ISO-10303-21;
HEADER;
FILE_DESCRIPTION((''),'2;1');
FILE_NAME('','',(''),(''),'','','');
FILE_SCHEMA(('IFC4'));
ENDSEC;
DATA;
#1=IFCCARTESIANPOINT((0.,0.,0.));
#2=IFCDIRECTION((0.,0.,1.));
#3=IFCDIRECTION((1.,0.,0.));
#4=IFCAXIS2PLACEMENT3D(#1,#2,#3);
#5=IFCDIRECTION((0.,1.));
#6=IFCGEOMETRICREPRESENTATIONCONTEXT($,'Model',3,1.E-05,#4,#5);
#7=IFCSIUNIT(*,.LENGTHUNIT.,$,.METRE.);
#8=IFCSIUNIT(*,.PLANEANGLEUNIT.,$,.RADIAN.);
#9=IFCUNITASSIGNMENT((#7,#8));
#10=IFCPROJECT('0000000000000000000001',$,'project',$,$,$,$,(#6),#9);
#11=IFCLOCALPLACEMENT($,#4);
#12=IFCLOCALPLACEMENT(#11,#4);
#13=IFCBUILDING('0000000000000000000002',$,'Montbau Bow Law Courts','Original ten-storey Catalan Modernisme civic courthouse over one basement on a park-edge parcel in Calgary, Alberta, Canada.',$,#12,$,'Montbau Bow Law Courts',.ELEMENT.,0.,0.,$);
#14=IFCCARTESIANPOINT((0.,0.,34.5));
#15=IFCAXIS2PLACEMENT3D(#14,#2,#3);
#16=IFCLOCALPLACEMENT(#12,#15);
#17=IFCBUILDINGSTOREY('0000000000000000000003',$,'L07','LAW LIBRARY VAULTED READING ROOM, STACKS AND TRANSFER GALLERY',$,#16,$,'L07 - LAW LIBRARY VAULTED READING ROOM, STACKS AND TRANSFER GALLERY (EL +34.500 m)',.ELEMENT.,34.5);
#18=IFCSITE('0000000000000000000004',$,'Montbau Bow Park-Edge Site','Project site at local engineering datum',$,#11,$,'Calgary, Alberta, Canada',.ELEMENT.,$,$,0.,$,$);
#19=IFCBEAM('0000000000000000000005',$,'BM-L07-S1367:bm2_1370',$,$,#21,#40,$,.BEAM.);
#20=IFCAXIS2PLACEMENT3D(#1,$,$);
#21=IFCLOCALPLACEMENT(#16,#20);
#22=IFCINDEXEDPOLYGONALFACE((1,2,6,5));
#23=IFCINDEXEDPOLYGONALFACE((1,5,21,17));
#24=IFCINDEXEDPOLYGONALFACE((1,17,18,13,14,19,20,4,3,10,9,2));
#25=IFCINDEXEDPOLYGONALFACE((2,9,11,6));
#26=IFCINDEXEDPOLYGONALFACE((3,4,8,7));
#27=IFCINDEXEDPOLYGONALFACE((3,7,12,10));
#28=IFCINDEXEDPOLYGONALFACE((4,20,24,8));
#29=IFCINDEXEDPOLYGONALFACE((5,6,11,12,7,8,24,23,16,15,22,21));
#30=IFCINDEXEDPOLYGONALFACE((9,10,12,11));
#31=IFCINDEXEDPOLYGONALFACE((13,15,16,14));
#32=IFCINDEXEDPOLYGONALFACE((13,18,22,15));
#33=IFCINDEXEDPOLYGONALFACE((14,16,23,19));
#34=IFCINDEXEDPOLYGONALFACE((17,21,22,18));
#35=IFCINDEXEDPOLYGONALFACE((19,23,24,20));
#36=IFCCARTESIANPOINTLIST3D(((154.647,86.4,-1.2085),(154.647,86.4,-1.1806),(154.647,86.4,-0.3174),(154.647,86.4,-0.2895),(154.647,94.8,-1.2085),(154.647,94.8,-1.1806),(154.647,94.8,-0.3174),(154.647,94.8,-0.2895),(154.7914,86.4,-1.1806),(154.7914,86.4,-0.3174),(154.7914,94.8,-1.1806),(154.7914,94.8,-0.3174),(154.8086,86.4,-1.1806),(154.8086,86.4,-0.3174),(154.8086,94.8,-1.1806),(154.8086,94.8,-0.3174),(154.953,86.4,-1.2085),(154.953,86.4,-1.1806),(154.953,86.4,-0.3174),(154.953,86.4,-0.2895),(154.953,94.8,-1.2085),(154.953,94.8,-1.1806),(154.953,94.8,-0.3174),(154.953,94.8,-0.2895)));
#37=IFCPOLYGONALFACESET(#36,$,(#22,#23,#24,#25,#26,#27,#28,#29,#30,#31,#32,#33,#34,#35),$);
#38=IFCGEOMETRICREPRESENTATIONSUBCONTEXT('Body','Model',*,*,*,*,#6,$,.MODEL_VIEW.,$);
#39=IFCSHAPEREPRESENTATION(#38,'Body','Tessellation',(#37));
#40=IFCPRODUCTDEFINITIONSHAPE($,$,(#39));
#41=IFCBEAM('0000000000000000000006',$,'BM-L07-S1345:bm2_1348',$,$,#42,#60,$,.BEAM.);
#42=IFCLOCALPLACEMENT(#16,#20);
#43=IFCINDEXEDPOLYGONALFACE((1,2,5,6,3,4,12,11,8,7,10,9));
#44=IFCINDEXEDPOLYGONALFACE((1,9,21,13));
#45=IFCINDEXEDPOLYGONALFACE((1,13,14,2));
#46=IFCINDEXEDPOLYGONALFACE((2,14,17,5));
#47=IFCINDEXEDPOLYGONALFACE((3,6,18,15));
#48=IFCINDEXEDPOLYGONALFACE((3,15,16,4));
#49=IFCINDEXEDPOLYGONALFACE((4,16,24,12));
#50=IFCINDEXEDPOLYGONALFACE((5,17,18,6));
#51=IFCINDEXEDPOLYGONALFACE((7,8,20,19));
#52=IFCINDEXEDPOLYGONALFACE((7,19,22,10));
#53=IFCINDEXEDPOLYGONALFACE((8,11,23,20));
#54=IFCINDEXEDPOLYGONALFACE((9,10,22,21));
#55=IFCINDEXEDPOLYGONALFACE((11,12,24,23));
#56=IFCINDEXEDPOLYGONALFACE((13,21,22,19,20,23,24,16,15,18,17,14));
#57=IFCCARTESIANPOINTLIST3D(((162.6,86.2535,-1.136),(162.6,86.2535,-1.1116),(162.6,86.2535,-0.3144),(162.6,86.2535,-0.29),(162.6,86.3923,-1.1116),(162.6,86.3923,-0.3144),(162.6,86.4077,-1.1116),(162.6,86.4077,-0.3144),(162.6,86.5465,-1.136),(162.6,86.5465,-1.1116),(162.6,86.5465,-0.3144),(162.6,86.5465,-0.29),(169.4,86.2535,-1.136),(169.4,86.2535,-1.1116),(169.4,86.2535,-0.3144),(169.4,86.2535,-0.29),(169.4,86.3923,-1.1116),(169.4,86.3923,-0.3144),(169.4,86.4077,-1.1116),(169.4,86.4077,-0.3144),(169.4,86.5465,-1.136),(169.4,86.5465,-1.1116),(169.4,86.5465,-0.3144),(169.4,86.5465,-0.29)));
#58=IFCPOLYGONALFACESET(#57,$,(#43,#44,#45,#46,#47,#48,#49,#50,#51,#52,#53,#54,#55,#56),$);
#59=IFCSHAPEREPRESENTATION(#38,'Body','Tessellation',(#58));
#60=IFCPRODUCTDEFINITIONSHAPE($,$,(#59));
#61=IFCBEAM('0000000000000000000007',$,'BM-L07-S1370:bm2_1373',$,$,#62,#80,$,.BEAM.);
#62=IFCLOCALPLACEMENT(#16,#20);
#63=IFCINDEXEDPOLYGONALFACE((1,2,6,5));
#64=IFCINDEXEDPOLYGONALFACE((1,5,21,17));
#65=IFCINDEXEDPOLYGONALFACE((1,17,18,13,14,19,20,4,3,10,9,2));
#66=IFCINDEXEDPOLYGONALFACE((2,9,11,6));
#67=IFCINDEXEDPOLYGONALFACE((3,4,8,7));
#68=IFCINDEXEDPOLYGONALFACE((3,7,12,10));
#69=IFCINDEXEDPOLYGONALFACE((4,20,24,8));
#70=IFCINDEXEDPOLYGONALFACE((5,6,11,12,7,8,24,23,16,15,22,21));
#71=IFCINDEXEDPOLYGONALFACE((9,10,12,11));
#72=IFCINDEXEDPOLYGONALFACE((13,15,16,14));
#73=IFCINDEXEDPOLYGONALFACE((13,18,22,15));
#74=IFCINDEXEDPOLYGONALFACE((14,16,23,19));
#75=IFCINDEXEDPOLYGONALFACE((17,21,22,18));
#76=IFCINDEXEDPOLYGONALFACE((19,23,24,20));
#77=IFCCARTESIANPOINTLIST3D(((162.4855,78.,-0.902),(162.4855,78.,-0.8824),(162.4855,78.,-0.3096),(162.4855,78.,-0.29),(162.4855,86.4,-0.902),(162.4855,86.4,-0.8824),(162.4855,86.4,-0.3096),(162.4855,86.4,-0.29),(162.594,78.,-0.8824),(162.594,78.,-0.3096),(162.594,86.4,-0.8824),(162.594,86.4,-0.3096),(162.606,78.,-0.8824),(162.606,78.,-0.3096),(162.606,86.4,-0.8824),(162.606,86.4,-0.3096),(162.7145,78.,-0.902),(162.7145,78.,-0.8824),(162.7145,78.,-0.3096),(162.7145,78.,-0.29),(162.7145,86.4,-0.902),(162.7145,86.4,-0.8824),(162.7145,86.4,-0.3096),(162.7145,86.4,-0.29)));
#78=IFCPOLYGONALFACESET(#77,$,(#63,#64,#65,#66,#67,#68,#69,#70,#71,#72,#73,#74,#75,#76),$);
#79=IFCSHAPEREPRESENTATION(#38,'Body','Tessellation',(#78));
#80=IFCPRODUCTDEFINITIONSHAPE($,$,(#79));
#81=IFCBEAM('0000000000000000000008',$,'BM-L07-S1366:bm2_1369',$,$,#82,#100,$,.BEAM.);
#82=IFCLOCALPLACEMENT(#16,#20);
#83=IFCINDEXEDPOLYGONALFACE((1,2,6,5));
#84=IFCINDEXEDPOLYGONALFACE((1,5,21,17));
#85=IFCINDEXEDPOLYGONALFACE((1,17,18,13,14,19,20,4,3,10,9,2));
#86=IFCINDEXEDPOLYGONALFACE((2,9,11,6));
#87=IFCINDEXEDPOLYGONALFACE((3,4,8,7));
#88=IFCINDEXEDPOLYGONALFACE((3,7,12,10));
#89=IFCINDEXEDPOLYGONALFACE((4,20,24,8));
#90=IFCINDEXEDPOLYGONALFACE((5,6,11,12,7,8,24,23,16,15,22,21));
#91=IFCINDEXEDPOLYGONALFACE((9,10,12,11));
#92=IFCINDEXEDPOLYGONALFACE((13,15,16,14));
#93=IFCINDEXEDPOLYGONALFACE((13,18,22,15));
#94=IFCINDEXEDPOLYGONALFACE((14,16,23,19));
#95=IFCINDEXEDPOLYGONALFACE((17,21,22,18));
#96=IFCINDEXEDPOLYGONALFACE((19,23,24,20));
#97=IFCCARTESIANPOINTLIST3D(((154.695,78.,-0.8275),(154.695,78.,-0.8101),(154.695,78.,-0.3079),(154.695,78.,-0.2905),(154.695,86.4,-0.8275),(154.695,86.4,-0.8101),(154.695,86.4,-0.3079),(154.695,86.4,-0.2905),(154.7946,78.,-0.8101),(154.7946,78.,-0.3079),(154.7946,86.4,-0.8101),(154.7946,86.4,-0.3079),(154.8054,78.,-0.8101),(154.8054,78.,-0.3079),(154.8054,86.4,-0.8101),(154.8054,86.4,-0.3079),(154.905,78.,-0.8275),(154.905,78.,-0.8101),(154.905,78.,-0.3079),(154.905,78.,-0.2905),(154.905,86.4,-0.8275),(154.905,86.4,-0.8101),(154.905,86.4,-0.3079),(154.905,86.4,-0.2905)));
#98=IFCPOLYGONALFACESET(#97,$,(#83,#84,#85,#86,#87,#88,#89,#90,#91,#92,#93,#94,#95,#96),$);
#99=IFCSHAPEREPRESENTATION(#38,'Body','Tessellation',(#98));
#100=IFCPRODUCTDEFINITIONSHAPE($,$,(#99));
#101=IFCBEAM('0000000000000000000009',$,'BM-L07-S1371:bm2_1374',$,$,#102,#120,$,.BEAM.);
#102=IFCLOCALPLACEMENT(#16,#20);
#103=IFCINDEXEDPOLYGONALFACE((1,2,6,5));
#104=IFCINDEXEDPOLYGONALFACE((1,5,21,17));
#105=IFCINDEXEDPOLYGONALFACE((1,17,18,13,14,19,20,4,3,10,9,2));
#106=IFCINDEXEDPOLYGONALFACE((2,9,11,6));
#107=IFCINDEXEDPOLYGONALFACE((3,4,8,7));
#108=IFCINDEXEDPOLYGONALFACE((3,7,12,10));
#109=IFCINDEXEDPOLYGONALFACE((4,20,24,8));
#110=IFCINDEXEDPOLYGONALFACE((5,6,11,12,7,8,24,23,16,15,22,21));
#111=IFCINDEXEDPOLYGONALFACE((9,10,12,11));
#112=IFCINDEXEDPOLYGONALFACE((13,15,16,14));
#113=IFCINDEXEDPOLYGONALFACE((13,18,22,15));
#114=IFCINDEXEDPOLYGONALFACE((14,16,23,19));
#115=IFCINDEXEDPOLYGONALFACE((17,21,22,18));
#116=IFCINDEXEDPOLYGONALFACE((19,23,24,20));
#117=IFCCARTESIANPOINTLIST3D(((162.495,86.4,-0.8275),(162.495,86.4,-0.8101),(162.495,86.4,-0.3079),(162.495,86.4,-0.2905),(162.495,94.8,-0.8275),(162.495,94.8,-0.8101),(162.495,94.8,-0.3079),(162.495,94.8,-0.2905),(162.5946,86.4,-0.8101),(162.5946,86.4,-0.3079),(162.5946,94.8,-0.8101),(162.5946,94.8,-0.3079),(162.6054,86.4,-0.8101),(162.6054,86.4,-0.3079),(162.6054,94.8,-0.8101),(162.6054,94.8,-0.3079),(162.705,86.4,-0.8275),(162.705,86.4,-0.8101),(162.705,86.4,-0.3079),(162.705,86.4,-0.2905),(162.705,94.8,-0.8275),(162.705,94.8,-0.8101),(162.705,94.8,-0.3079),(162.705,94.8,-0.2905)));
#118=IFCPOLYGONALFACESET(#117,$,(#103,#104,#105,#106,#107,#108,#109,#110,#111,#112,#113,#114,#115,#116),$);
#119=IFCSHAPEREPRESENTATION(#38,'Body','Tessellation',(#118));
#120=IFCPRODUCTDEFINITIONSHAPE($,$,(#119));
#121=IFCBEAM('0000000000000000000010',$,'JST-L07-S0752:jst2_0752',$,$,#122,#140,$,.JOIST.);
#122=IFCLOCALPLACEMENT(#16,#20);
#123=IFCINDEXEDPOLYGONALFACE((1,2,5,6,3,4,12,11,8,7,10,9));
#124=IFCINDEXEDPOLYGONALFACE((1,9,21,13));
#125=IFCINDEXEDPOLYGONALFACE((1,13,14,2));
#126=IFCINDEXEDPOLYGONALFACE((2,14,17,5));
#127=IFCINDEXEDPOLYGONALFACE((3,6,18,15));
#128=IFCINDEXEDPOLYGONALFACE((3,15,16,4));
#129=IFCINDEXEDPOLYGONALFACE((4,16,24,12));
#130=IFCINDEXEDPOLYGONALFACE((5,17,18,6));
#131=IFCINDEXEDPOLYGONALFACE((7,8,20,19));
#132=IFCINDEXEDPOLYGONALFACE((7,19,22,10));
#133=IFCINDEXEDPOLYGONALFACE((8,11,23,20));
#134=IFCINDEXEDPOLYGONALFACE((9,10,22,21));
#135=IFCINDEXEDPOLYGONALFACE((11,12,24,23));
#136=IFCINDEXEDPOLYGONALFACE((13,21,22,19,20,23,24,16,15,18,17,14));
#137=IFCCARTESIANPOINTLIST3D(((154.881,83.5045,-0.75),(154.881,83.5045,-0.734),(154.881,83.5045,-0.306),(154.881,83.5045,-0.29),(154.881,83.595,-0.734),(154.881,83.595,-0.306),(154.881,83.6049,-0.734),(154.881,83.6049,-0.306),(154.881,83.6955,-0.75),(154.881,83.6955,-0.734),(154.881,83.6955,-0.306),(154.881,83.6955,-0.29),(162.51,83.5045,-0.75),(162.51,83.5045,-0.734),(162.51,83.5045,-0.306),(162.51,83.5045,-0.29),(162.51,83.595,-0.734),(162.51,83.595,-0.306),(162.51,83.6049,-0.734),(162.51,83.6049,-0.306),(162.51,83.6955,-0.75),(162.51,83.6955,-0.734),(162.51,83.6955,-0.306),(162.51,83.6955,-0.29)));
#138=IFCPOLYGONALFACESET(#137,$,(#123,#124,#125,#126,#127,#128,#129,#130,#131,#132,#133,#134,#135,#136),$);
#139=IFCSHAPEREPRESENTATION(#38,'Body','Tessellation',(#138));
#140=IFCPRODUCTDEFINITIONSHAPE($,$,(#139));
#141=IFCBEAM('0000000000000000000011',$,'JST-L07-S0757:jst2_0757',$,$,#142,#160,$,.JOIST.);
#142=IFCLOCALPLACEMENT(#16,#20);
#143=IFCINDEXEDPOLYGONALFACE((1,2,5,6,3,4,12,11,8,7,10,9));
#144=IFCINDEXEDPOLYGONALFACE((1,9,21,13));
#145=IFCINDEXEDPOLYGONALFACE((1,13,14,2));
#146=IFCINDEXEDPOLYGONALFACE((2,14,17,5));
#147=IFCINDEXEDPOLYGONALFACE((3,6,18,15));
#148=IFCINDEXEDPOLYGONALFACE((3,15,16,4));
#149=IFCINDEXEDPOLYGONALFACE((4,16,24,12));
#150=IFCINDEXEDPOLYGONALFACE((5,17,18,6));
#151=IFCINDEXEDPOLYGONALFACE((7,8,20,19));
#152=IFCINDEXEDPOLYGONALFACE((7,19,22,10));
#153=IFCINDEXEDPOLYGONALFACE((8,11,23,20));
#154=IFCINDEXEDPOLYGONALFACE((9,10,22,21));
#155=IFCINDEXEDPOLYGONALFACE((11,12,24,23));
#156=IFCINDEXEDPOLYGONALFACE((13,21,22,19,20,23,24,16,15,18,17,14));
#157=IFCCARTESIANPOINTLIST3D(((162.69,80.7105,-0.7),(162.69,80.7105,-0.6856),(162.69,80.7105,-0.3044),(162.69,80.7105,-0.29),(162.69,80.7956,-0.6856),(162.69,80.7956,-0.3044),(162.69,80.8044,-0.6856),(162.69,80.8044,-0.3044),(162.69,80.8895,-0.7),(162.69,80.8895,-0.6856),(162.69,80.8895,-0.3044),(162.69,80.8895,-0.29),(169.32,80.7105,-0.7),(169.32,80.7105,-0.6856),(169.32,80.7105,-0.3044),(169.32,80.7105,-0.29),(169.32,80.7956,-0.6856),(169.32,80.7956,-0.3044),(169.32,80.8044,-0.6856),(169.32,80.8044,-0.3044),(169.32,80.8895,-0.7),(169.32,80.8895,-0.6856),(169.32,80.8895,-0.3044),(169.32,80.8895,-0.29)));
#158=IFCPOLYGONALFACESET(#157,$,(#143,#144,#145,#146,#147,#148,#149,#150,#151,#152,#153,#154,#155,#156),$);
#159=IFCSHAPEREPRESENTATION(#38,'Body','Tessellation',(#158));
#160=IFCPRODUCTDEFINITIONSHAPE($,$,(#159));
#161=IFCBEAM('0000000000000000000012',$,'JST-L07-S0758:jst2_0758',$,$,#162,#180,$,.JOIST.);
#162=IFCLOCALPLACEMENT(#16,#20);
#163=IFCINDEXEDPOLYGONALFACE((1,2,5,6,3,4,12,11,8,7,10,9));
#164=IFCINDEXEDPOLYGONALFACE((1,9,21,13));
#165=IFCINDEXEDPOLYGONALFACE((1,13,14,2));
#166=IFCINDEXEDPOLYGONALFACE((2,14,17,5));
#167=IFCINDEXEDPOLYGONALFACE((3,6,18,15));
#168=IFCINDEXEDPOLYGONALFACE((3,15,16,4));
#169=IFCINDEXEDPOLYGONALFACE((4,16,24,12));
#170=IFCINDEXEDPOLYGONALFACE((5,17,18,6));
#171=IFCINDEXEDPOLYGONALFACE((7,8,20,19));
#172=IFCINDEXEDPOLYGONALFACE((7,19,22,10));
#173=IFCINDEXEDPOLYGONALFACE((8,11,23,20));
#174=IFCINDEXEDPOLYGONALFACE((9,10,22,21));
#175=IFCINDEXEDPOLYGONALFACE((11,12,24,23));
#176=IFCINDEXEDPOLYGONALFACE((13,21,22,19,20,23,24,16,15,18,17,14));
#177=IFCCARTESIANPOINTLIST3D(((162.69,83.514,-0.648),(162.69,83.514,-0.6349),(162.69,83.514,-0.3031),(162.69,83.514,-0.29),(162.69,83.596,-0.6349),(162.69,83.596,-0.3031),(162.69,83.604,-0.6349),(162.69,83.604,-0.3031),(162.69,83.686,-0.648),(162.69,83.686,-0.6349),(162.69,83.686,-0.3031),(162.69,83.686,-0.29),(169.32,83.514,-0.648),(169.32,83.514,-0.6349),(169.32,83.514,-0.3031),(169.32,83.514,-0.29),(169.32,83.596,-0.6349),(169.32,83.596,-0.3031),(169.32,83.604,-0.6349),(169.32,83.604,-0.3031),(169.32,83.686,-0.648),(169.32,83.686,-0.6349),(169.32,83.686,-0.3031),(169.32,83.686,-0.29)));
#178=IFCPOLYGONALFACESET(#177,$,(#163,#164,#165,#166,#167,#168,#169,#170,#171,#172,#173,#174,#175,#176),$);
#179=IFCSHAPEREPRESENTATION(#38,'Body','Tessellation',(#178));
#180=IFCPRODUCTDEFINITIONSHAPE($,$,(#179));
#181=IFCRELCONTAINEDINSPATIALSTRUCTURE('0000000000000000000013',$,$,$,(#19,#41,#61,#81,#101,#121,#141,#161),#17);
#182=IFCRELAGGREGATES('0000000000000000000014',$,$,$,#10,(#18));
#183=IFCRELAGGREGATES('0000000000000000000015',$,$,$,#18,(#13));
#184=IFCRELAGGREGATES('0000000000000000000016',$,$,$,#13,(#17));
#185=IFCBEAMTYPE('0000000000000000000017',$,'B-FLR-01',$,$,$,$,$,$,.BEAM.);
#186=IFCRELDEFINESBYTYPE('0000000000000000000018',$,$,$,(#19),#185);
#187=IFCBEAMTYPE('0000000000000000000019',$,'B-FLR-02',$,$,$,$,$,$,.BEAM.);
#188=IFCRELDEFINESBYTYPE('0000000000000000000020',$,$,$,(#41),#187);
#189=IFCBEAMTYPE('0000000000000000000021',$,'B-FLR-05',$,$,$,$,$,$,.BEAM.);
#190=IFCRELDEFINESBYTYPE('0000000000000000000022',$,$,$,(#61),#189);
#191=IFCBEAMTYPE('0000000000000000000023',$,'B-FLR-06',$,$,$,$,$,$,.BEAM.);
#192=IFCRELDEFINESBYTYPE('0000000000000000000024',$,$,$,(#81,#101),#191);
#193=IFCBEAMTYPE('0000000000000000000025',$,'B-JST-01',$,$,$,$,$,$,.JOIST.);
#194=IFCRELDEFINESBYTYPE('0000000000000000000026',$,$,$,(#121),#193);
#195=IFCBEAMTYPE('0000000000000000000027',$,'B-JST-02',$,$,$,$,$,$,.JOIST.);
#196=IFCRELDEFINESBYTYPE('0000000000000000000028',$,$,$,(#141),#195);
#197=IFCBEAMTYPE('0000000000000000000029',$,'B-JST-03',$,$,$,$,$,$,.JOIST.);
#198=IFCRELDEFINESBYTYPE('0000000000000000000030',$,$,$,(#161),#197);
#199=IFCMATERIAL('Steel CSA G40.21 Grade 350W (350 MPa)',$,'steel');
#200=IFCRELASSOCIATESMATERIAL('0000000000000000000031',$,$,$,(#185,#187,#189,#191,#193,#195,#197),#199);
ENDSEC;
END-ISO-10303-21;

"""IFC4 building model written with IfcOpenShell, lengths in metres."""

from ifc_helpers import new_model, si_unit, direction, frame, origin_with_axes, origin_2d_with_axis, place, context, subcontext, project, spatial, i_section, extrude, material, material_profile, profile_set, type_object, element, save


model = new_model("IFC4")

# Units and contexts
model_context = context("Model", 3, precision=1e-05, world=origin_with_axes(), true_north=direction((0.0, 1.0)))
body_context = subcontext(model_context, "Body", "Model", "MODEL_VIEW")
ifc_project = project(units=[si_unit("LENGTHUNIT", "METRE"), si_unit("PLANEANGLEUNIT", "RADIAN")], contexts=[model_context])

# Site, building, storey
site_placement = place(None, origin_with_axes())
site = spatial("IfcSite", under=ifc_project, at=site_placement, Name="Montbau Bow Park-Edge Site", Description="Project site at local engineering datum", LongName="Calgary, Alberta, Canada", CompositionType="ELEMENT", RefElevation=0.0)
building_placement = place(site_placement, origin_with_axes())
building = spatial("IfcBuilding", under=site, at=building_placement, Name="Montbau Bow Law Courts", Description="Original ten-storey Catalan Modernisme civic courthouse over one basement on a park-edge parcel in Calgary, Alberta, Canada.", LongName="Montbau Bow Law Courts", CompositionType="ELEMENT", ElevationOfRefHeight=0.0, ElevationOfTerrain=0.0)
storey_placement = place(building_placement, frame((0.0, 0.0, 34.5), z_axis=(0.0, 0.0, 1.0), x_axis=(1.0, 0.0, 0.0)))
storey = spatial("IfcBuildingStorey", under=building, at=storey_placement, Name="L07", Description="LAW LIBRARY VAULTED READING ROOM, STACKS AND TRANSFER GALLERY", LongName="L07 - LAW LIBRARY VAULTED READING ROOM, STACKS AND TRANSFER GALLERY (EL +34.500 m)", CompositionType="ELEMENT", Elevation=34.5)

# Beams
ifc_material_1 = material(Name="Steel CSA G40.21 Grade 350W (350 MPa)", Category="steel")
ifc_material_profile_1 = material_profile(ifc_material_1, i_section(OverallWidth=0.306, OverallDepth=0.919, WebThickness=0.0173, FlangeThickness=0.0279, at=origin_2d_with_axis()), Name="W920X253", Category="Main", Priority=0)
ifc_profile_set_1 = profile_set([ifc_material_profile_1], Name="Steel CSA G40.21 Grade 350W (350 MPa)")
beam_type_1 = type_object("IfcBeamType", Name="B-FLR-01", PredefinedType="BEAM", material=ifc_profile_set_1)
beam_1_placement = place(None, frame((154.8, 86.4, 33.751), z_axis=(0.0, 1.0, 0.0), x_axis=(-1.0, 0.0, 0.0)))
element("IfcBeam", 1, at=beam_1_placement, inside=storey, type_object=beam_type_1, Name="BM-L07-S1367:bm2_1370", PredefinedType="BEAM", context=body_context, shape_type="SweptSolid", body=[
    extrude(i_section(OverallWidth=0.306, OverallDepth=0.919, WebThickness=0.0173, FlangeThickness=0.0279, at=origin_2d_with_axis()), origin_with_axes(), (0.0, 0.0, 1.0), 8.4),
])
ifc_material_profile_2 = material_profile(ifc_material_1, i_section(OverallWidth=0.293, OverallDepth=0.846, WebThickness=0.0154, FlangeThickness=0.0244, at=origin_2d_with_axis()), Name="W840X210", Category="Main", Priority=0)
ifc_profile_set_2 = profile_set([ifc_material_profile_2], Name="Steel CSA G40.21 Grade 350W (350 MPa)")
beam_type_2 = type_object("IfcBeamType", Name="B-FLR-02", PredefinedType="BEAM", material=ifc_profile_set_2)
beam_2_placement = place(None, frame((162.6, 86.4, 33.787), z_axis=(1.0, 0.0, 0.0), x_axis=(0.0, 1.0, 0.0)))
element("IfcBeam", 2, at=beam_2_placement, inside=storey, type_object=beam_type_2, Name="BM-L07-S1345:bm2_1348", PredefinedType="BEAM", context=body_context, shape_type="SweptSolid", body=[
    extrude(i_section(OverallWidth=0.293, OverallDepth=0.846, WebThickness=0.0154, FlangeThickness=0.0244, at=origin_2d_with_axis()), origin_with_axes(), (0.0, 0.0, 1.0), 6.8),
])
ifc_material_profile_3 = material_profile(ifc_material_1, i_section(OverallWidth=0.229, OverallDepth=0.612, WebThickness=0.0119, FlangeThickness=0.0196, at=origin_2d_with_axis()), Name="W610X125", Category="Main", Priority=0)
ifc_profile_set_3 = profile_set([ifc_material_profile_3], Name="Steel CSA G40.21 Grade 350W (350 MPa)")
beam_type_3 = type_object("IfcBeamType", Name="B-FLR-05", PredefinedType="BEAM", material=ifc_profile_set_3)
beam_3_placement = place(None, frame((162.6, 78.0, 33.904), z_axis=(0.0, 1.0, 0.0), x_axis=(-1.0, 0.0, 0.0)))
element("IfcBeam", 3, at=beam_3_placement, inside=storey, type_object=beam_type_3, Name="BM-L07-S1370:bm2_1373", PredefinedType="BEAM", context=body_context, shape_type="SweptSolid", body=[
    extrude(i_section(OverallWidth=0.229, OverallDepth=0.612, WebThickness=0.0119, FlangeThickness=0.0196, at=origin_2d_with_axis()), origin_with_axes(), (0.0, 0.0, 1.0), 8.4),
])
ifc_material_profile_4 = material_profile(ifc_material_1, i_section(OverallWidth=0.21, OverallDepth=0.537, WebThickness=0.0109, FlangeThickness=0.0174, at=origin_2d_with_axis()), Name="W530X101", Category="Main", Priority=0)
ifc_profile_set_4 = profile_set([ifc_material_profile_4], Name="Steel CSA G40.21 Grade 350W (350 MPa)")
beam_type_4 = type_object("IfcBeamType", Name="B-FLR-06", PredefinedType="BEAM", material=ifc_profile_set_4)
for number, where, z_axis, x_axis, name in (
    (4, (154.8, 78.0, 33.941), (0.0, 1.0, 0.0), (-1.0, 0.0, 0.0), "BM-L07-S1366:bm2_1369"),
    (5, (162.6, 86.4, 33.941), (0.0, 1.0, 0.0), (-1.0, 0.0, 0.0), "BM-L07-S1371:bm2_1374"),
):
    element("IfcBeam", number, at=place(None, frame(where, z_axis=z_axis, x_axis=x_axis)), inside=storey, type_object=beam_type_4, Name=name, PredefinedType="BEAM", context=body_context, shape_type="SweptSolid", body=[
        extrude(i_section(OverallWidth=0.21, OverallDepth=0.537, WebThickness=0.0109, FlangeThickness=0.0174, at=origin_2d_with_axis()), origin_with_axes(), (0.0, 0.0, 1.0), 8.4),
    ])
ifc_material_profile_5 = material_profile(ifc_material_1, i_section(OverallWidth=0.191, OverallDepth=0.46, WebThickness=0.0099, FlangeThickness=0.016, at=origin_2d_with_axis()), Name="W460X82", Category="Main", Priority=0)
ifc_profile_set_5 = profile_set([ifc_material_profile_5], Name="Steel CSA G40.21 Grade 350W (350 MPa)")
beam_type_5 = type_object("IfcBeamType", Name="B-JST-01", PredefinedType="JOIST", material=ifc_profile_set_5)
beam_4_placement = place(None, frame((154.881, 83.6, 33.98), z_axis=(1.0, 0.0, 0.0), x_axis=(0.0, 1.0, 0.0)))
element("IfcBeam", 6, at=beam_4_placement, inside=storey, type_object=beam_type_5, Name="JST-L07-S0752:jst2_0752", PredefinedType="JOIST", context=body_context, shape_type="SweptSolid", body=[
    extrude(i_section(OverallWidth=0.191, OverallDepth=0.46, WebThickness=0.0099, FlangeThickness=0.016, at=origin_2d_with_axis()), origin_with_axes(), (0.0, 0.0, 1.0), 7.629),
])
ifc_material_profile_6 = material_profile(ifc_material_1, i_section(OverallWidth=0.179, OverallDepth=0.41, WebThickness=0.0088, FlangeThickness=0.0144, at=origin_2d_with_axis()), Name="W410X67", Category="Main", Priority=0)
ifc_profile_set_6 = profile_set([ifc_material_profile_6], Name="Steel CSA G40.21 Grade 350W (350 MPa)")
beam_type_6 = type_object("IfcBeamType", Name="B-JST-02", PredefinedType="JOIST", material=ifc_profile_set_6)
beam_5_placement = place(None, frame((162.69, 80.8, 34.005), z_axis=(1.0, 0.0, 0.0), x_axis=(0.0, 1.0, 0.0)))
element("IfcBeam", 7, at=beam_5_placement, inside=storey, type_object=beam_type_6, Name="JST-L07-S0757:jst2_0757", PredefinedType="JOIST", context=body_context, shape_type="SweptSolid", body=[
    extrude(i_section(OverallWidth=0.179, OverallDepth=0.41, WebThickness=0.0088, FlangeThickness=0.0144, at=origin_2d_with_axis()), origin_with_axes(), (0.0, 0.0, 1.0), 6.63),
])
ifc_material_profile_7 = material_profile(ifc_material_1, i_section(OverallWidth=0.172, OverallDepth=0.358, WebThickness=0.0079, FlangeThickness=0.0131, at=origin_2d_with_axis()), Name="W360X57", Category="Main", Priority=0)
ifc_profile_set_7 = profile_set([ifc_material_profile_7], Name="Steel CSA G40.21 Grade 350W (350 MPa)")
beam_type_7 = type_object("IfcBeamType", Name="B-JST-03", PredefinedType="JOIST", material=ifc_profile_set_7)
beam_6_placement = place(None, frame((162.69, 83.6, 34.031), z_axis=(1.0, 0.0, 0.0), x_axis=(0.0, 1.0, 0.0)))
element("IfcBeam", 8, at=beam_6_placement, inside=storey, type_object=beam_type_7, Name="JST-L07-S0758:jst2_0758", PredefinedType="JOIST", context=body_context, shape_type="SweptSolid", body=[
    extrude(i_section(OverallWidth=0.172, OverallDepth=0.358, WebThickness=0.0079, FlangeThickness=0.0131, at=origin_2d_with_axis()), origin_with_axes(), (0.0, 0.0, 1.0), 6.63),
])

save(model, "model.ifc")
